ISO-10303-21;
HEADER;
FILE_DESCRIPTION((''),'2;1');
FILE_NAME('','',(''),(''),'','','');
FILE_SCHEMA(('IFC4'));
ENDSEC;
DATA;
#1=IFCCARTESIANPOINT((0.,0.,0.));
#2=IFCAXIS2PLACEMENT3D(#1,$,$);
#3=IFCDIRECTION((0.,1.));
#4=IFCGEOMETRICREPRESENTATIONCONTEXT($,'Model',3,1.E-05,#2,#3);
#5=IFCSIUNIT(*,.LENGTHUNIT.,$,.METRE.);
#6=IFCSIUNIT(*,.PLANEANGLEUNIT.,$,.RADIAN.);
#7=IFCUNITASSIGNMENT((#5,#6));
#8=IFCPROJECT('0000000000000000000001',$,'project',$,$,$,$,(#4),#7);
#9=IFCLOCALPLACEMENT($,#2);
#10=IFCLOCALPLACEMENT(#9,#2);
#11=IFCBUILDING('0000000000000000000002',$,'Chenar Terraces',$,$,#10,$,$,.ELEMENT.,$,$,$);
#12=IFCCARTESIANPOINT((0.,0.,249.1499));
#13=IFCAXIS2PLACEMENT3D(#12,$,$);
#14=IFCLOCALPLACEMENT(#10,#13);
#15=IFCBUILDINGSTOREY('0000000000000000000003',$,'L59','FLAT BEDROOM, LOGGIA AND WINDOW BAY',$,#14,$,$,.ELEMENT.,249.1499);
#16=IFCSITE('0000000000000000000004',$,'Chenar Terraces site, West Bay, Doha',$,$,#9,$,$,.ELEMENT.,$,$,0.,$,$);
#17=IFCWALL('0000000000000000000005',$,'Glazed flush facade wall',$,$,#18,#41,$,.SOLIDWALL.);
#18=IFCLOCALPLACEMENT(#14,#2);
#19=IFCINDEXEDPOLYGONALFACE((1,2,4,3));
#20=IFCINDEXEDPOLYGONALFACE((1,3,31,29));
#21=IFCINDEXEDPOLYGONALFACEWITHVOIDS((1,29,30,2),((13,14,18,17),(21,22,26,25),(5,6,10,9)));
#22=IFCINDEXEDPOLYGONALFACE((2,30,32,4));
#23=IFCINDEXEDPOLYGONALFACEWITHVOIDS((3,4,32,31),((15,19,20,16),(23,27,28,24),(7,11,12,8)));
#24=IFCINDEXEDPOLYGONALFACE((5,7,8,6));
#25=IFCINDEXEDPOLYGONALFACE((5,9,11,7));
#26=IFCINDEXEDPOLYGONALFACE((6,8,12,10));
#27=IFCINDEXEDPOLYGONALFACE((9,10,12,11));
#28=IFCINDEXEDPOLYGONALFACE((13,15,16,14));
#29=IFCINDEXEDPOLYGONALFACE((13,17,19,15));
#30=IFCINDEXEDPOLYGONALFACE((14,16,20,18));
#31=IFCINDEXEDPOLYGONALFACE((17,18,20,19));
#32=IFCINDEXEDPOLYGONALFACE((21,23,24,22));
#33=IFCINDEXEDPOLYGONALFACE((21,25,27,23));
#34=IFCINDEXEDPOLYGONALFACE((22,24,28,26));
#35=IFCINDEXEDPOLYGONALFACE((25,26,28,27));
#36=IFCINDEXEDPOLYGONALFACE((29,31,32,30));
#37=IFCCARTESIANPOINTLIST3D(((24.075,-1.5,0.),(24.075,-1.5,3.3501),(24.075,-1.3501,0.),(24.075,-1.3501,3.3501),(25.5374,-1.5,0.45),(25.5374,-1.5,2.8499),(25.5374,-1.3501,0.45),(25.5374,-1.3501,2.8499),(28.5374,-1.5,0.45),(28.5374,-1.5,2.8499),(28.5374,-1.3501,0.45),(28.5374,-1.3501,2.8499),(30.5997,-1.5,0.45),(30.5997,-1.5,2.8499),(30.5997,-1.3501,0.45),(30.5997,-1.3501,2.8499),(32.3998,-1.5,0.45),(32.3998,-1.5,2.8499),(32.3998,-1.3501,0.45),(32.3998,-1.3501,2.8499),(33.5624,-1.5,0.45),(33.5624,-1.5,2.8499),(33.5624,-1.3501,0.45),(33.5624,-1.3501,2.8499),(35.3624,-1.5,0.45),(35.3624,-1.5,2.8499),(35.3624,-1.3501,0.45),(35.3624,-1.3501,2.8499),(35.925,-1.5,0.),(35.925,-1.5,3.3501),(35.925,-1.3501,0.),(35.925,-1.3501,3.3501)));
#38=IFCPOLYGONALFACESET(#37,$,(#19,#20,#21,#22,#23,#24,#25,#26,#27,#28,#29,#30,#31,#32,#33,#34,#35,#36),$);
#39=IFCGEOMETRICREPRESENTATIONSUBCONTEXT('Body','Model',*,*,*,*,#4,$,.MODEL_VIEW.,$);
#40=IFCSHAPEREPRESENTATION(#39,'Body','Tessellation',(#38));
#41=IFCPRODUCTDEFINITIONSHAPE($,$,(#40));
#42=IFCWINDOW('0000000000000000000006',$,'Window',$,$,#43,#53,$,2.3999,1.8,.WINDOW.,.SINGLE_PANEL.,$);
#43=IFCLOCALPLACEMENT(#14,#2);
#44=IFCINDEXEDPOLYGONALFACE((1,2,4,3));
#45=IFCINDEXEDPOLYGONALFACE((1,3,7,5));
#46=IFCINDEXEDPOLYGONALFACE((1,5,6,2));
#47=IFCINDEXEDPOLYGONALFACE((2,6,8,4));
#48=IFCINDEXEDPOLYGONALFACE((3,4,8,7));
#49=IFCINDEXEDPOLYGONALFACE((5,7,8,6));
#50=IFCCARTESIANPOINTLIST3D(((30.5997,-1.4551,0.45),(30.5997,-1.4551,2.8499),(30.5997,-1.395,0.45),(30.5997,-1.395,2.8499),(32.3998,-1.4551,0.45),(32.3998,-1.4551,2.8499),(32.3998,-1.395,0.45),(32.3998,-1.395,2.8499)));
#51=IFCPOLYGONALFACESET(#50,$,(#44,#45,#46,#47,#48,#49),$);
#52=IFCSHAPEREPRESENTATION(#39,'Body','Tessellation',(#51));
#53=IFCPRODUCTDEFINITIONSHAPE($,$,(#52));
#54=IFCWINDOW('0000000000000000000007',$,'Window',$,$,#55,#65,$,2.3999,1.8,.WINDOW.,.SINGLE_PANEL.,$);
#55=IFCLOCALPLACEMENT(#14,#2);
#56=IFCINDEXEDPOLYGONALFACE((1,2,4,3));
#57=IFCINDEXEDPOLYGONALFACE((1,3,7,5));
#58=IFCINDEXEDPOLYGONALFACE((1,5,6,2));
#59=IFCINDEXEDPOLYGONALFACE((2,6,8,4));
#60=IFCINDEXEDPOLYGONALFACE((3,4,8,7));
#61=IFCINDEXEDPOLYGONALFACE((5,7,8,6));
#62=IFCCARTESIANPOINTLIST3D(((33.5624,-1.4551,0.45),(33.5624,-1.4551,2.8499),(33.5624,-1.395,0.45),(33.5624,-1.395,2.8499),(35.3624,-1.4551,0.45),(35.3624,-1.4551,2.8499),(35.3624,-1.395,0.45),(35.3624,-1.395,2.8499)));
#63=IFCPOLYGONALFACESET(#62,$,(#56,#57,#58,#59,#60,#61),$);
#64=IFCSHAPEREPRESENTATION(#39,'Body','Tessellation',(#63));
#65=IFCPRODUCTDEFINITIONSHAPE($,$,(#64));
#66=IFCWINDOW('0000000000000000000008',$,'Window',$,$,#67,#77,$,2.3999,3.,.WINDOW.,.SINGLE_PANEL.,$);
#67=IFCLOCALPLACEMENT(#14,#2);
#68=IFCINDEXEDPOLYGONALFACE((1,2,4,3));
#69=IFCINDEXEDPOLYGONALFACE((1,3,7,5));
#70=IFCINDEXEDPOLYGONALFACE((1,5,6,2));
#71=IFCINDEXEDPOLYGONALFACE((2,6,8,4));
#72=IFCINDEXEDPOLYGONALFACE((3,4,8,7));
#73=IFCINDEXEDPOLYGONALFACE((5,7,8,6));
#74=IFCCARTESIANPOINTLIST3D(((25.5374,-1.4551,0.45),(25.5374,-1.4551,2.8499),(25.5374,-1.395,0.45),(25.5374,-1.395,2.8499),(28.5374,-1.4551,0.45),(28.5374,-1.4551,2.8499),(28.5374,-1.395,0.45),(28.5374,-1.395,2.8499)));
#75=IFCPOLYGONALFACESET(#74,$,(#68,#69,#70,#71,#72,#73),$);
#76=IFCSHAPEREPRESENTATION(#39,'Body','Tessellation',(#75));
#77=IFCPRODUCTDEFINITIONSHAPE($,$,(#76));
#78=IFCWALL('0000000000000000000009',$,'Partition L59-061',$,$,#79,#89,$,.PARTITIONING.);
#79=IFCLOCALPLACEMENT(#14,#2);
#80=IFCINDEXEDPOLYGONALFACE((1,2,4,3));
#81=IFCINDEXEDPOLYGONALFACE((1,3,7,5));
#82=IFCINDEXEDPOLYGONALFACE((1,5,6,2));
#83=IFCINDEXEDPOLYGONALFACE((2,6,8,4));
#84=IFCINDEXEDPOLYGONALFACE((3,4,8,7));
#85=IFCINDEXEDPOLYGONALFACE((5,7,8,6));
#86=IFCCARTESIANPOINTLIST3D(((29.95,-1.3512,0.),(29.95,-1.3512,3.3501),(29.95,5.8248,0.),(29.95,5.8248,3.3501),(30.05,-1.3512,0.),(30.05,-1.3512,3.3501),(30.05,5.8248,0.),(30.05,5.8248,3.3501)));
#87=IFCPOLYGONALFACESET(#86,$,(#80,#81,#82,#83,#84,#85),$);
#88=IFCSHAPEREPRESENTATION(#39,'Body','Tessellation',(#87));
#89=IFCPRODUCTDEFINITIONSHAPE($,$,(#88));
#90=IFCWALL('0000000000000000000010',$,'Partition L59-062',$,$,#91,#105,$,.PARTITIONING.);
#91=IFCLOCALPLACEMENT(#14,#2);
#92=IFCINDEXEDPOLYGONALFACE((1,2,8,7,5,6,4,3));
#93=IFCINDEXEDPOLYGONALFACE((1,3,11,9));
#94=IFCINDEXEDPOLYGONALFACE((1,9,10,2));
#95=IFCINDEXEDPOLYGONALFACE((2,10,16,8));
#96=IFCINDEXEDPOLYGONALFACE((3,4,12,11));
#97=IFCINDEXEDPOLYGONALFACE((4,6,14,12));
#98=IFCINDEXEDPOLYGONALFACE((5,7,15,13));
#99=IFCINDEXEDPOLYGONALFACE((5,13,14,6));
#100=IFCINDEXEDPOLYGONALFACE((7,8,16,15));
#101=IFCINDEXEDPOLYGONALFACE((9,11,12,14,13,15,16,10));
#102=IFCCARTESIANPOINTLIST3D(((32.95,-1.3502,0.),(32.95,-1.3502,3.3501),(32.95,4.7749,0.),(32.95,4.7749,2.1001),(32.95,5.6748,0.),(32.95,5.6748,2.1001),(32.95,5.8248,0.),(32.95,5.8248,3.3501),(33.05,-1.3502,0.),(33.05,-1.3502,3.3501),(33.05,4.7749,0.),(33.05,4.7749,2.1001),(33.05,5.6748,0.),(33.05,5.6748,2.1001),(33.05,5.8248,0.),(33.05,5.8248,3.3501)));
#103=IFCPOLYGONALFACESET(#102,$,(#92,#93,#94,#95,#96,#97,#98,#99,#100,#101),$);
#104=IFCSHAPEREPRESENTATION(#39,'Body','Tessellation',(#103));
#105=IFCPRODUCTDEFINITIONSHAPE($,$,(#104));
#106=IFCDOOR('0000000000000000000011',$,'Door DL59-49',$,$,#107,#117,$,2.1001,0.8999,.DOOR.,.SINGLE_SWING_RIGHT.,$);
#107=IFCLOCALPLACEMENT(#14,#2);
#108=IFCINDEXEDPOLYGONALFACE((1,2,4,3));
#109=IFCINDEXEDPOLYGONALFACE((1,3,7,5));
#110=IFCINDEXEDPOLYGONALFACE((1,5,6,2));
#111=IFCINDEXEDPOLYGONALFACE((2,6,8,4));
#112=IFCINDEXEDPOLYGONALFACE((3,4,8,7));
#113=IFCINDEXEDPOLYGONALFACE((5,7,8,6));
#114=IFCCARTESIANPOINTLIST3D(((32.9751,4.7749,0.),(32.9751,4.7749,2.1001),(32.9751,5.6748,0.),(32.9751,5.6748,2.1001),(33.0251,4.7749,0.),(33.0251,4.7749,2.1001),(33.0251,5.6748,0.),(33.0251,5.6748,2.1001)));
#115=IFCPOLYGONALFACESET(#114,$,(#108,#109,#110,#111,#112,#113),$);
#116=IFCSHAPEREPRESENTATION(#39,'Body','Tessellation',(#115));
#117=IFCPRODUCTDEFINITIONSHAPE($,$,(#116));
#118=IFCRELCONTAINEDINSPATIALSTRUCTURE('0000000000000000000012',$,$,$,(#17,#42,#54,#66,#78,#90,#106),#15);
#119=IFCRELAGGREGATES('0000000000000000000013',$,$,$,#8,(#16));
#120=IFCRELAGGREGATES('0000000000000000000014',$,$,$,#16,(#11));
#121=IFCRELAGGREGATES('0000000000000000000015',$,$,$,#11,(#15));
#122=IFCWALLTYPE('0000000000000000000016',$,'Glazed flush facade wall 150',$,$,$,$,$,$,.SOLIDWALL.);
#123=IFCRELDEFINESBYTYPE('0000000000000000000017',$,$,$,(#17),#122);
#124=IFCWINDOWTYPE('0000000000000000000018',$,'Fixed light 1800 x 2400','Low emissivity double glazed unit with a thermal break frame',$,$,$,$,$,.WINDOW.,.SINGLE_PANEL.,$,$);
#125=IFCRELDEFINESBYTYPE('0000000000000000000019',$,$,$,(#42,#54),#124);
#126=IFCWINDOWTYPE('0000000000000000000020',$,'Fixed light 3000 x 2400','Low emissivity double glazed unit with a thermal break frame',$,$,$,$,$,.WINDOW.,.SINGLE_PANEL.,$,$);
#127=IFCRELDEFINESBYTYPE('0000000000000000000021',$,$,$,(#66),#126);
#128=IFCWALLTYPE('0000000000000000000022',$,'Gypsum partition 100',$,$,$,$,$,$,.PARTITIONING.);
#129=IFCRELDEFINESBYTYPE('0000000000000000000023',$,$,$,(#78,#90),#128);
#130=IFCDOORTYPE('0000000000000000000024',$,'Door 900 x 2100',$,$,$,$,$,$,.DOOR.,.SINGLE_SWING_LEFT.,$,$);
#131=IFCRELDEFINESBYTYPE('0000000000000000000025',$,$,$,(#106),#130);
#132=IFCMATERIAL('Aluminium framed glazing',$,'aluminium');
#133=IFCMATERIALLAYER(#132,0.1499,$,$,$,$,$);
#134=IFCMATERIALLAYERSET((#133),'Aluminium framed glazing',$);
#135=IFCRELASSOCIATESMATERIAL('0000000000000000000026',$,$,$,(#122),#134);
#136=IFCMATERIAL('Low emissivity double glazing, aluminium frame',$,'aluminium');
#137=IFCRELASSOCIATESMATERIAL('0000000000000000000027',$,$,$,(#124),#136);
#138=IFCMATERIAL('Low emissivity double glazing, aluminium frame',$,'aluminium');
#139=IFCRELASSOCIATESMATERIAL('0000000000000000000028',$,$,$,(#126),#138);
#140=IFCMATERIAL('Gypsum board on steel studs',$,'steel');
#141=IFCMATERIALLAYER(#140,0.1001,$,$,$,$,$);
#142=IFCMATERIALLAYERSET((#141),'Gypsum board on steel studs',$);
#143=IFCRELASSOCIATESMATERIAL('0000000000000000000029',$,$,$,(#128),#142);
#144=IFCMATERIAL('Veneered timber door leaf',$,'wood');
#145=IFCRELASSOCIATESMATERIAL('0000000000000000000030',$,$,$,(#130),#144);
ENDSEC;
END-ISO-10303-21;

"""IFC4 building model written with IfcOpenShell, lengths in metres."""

from ifc_helpers import new_model, si_unit, direction, frame, frame_2d, origin, place, context, subcontext, project, spatial, rectangle, extrude, material, layer, layer_set, type_object, element, fill, save


model = new_model("IFC4")

# Units and contexts
model_context = context("Model", 3, precision=1e-05, world=origin(), true_north=direction((0.0, 1.0)))
body_context = subcontext(model_context, "Body", "Model", "MODEL_VIEW")
ifc_project = project(units=[si_unit("LENGTHUNIT", "METRE"), si_unit("PLANEANGLEUNIT", "RADIAN")], contexts=[model_context])

# Site, building, storey
site_placement = place(None, origin())
site = spatial("IfcSite", under=ifc_project, at=site_placement, Name="Chenar Terraces site, West Bay, Doha", CompositionType="ELEMENT", RefElevation=0.0)
building_placement = place(site_placement, origin())
building = spatial("IfcBuilding", under=site, at=building_placement, Name="Chenar Terraces", CompositionType="ELEMENT")
storey_placement = place(building_placement, frame((0.0, 0.0, 249.1499)))
storey = spatial("IfcBuildingStorey", under=building, at=storey_placement, Name="L59", Description="FLAT BEDROOM, LOGGIA AND WINDOW BAY", CompositionType="ELEMENT", Elevation=249.1499)

# Wall, openings, windows
ifc_material_1 = material(Name="Aluminium framed glazing", Category="aluminium")
ifc_layer_1 = layer(ifc_material_1, 0.1499)
ifc_layer_set_1 = layer_set([ifc_layer_1], Name="Aluminium framed glazing")
wall_type_1 = type_object("IfcWallType", Name="Glazed flush facade wall 150", PredefinedType="SOLIDWALL", material=ifc_layer_set_1)
wall_1_placement = place(storey_placement, frame((24.075, -1.425, 0.0), z_axis=(0.0, 0.0, 1.0), x_axis=(1.0, 0.0, 0.0)))
wall_1 = element("IfcWall", 1, at=wall_1_placement, inside=storey, type_object=wall_type_1, Name="Glazed flush facade wall", PredefinedType="SOLIDWALL", context=body_context, shape_type="SweptSolid", body=[
    extrude(rectangle(XDim=11.8501, YDim=0.1499, at=frame_2d((5.925, 0.0))), origin(), (0.0, 0.0, 1.0), 3.3501),
])
opening_1_placement = place(wall_1_placement, frame((1.4624, 0.0, 0.45)))
opening_1 = element("IfcOpeningElement", 2, at=opening_1_placement, cuts=wall_1, PredefinedType="OPENING", context=body_context, shape_type="SweptSolid", body=[
    extrude(rectangle(XDim=3.0, YDim=2.3999, at=frame_2d((1.5, 1.2))), frame((0.0, 0.085, 0.0), z_axis=(0.0, -1.0, 0.0), x_axis=(1.0, 0.0, 0.0)), (0.0, 0.0, 1.0), 0.1699),
])
opening_2_placement = place(wall_1_placement, frame((6.5249, 0.0, 0.45)))
opening_2 = element("IfcOpeningElement", 3, at=opening_2_placement, cuts=wall_1, PredefinedType="OPENING", context=body_context, shape_type="SweptSolid", body=[
    extrude(rectangle(XDim=1.8, YDim=2.3999, at=frame_2d((0.8999, 1.2))), frame((0.0, 0.085, 0.0), z_axis=(0.0, -1.0, 0.0), x_axis=(1.0, 0.0, 0.0)), (0.0, 0.0, 1.0), 0.1699),
])
opening_3_placement = place(wall_1_placement, frame((9.4875, 0.0, 0.45)))
opening_3 = element("IfcOpeningElement", 4, at=opening_3_placement, cuts=wall_1, PredefinedType="OPENING", context=body_context, shape_type="SweptSolid", body=[
    extrude(rectangle(XDim=1.8, YDim=2.3999, at=frame_2d((0.8999, 1.2))), frame((0.0, 0.085, 0.0), z_axis=(0.0, -1.0, 0.0), x_axis=(1.0, 0.0, 0.0)), (0.0, 0.0, 1.0), 0.1699),
])
ifc_material_2 = material(Name="Low emissivity double glazing, aluminium frame", Category="aluminium")
window_type_1 = type_object("IfcWindowType", Name="Fixed light 1800 x 2400", Description="Low emissivity double glazed unit with a thermal break frame", PartitioningType="SINGLE_PANEL", PredefinedType="WINDOW", material=ifc_material_2)
window_1_placement = place(opening_2_placement, origin())
window_1 = element("IfcWindow", 5, at=window_1_placement, inside=storey, type_object=window_type_1, Name="Window", OverallHeight=2.3999, OverallWidth=1.8, PartitioningType="SINGLE_PANEL", PredefinedType="WINDOW", context=body_context, shape_type="SweptSolid", body=[
    extrude(rectangle(XDim=1.8, YDim=2.3999, at=frame_2d((0.8999, 1.2))), frame((0.0, 0.03, 0.0), z_axis=(0.0, -1.0, 0.0), x_axis=(1.0, 0.0, 0.0)), (0.0, 0.0, 1.0), 0.0601),
])
fill(opening_2, window_1)
window_2_placement = place(opening_3_placement, origin())
window_2 = element("IfcWindow", 6, at=window_2_placement, inside=storey, type_object=window_type_1, Name="Window", OverallHeight=2.3999, OverallWidth=1.8, PartitioningType="SINGLE_PANEL", PredefinedType="WINDOW", context=body_context, shape_type="SweptSolid", body=[
    extrude(rectangle(XDim=1.8, YDim=2.3999, at=frame_2d((0.8999, 1.2))), frame((0.0, 0.03, 0.0), z_axis=(0.0, -1.0, 0.0), x_axis=(1.0, 0.0, 0.0)), (0.0, 0.0, 1.0), 0.0601),
])
fill(opening_3, window_2)
ifc_material_3 = material(Name="Low emissivity double glazing, aluminium frame", Category="aluminium")
window_type_2 = type_object("IfcWindowType", Name="Fixed light 3000 x 2400", Description="Low emissivity double glazed unit with a thermal break frame", PartitioningType="SINGLE_PANEL", PredefinedType="WINDOW", material=ifc_material_3)
window_3_placement = place(opening_1_placement, origin())
window_3 = element("IfcWindow", 7, at=window_3_placement, inside=storey, type_object=window_type_2, Name="Window", OverallHeight=2.3999, OverallWidth=3.0, PartitioningType="SINGLE_PANEL", PredefinedType="WINDOW", context=body_context, shape_type="SweptSolid", body=[
    extrude(rectangle(XDim=3.0, YDim=2.3999, at=frame_2d((1.5, 1.2))), frame((0.0, 0.03, 0.0), z_axis=(0.0, -1.0, 0.0), x_axis=(1.0, 0.0, 0.0)), (0.0, 0.0, 1.0), 0.0601),
])
fill(opening_1, window_3)

# Wall
ifc_material_4 = material(Name="Gypsum board on steel studs", Category="steel")
ifc_layer_2 = layer(ifc_material_4, 0.1001)
ifc_layer_set_2 = layer_set([ifc_layer_2], Name="Gypsum board on steel studs")
wall_type_2 = type_object("IfcWallType", Name="Gypsum partition 100", PredefinedType="PARTITIONING", material=ifc_layer_set_2)
wall_2_placement = place(storey_placement, frame((30.0, -1.3511, 0.0), z_axis=(0.0, 0.0, 1.0), x_axis=(0.0, 1.0, 0.0)))
element("IfcWall", 8, at=wall_2_placement, inside=storey, type_object=wall_type_2, Name="Partition L59-061", PredefinedType="PARTITIONING", context=body_context, shape_type="SweptSolid", body=[
    extrude(rectangle(XDim=7.176, YDim=0.1001, at=frame_2d((3.5879, 0.0))), origin(), (0.0, 0.0, 1.0), 3.3501),
])

# Wall, opening, door
wall_3_placement = place(storey_placement, frame((33.0, -1.3501, 0.0), z_axis=(0.0, 0.0, 1.0), x_axis=(0.0, 1.0, 0.0)))
wall_3 = element("IfcWall", 9, at=wall_3_placement, inside=storey, type_object=wall_type_2, Name="Partition L59-062", PredefinedType="PARTITIONING", context=body_context, shape_type="SweptSolid", body=[
    extrude(rectangle(XDim=7.175, YDim=0.1001, at=frame_2d((3.5874, 0.0))), origin(), (0.0, 0.0, 1.0), 3.3501),
])
opening_4_placement = place(wall_3_placement, frame((6.125, 0.0, 0.0)))
opening_4 = element("IfcOpeningElement", 10, at=opening_4_placement, cuts=wall_3, PredefinedType="OPENING", context=body_context, shape_type="SweptSolid", body=[
    extrude(rectangle(XDim=0.8999, YDim=2.1001, at=frame_2d((0.45, 1.05))), frame((0.0, 0.0601, 0.0), z_axis=(0.0, -1.0, 0.0), x_axis=(1.0, 0.0, 0.0)), (0.0, 0.0, 1.0), 0.1201),
])
ifc_material_5 = material(Name="Veneered timber door leaf", Category="wood")
door_type_1 = type_object("IfcDoorType", Name="Door 900 x 2100", OperationType="SINGLE_SWING_LEFT", PredefinedType="DOOR", material=ifc_material_5)
door_1_placement = place(opening_4_placement, origin())
door_1 = element("IfcDoor", 11, at=door_1_placement, inside=storey, type_object=door_type_1, Name="Door DL59-49", OperationType="SINGLE_SWING_RIGHT", OverallHeight=2.1001, OverallWidth=0.8999, PredefinedType="DOOR", context=body_context, shape_type="SweptSolid", body=[
    extrude(rectangle(XDim=0.8999, YDim=2.1001, at=frame_2d((0.45, 1.05))), frame((0.0, 0.0249, 0.0), z_axis=(0.0, -1.0, 0.0), x_axis=(1.0, 0.0, 0.0)), (0.0, 0.0, 1.0), 0.05),
])
fill(opening_4, door_1)

save(model, "model.ifc")
